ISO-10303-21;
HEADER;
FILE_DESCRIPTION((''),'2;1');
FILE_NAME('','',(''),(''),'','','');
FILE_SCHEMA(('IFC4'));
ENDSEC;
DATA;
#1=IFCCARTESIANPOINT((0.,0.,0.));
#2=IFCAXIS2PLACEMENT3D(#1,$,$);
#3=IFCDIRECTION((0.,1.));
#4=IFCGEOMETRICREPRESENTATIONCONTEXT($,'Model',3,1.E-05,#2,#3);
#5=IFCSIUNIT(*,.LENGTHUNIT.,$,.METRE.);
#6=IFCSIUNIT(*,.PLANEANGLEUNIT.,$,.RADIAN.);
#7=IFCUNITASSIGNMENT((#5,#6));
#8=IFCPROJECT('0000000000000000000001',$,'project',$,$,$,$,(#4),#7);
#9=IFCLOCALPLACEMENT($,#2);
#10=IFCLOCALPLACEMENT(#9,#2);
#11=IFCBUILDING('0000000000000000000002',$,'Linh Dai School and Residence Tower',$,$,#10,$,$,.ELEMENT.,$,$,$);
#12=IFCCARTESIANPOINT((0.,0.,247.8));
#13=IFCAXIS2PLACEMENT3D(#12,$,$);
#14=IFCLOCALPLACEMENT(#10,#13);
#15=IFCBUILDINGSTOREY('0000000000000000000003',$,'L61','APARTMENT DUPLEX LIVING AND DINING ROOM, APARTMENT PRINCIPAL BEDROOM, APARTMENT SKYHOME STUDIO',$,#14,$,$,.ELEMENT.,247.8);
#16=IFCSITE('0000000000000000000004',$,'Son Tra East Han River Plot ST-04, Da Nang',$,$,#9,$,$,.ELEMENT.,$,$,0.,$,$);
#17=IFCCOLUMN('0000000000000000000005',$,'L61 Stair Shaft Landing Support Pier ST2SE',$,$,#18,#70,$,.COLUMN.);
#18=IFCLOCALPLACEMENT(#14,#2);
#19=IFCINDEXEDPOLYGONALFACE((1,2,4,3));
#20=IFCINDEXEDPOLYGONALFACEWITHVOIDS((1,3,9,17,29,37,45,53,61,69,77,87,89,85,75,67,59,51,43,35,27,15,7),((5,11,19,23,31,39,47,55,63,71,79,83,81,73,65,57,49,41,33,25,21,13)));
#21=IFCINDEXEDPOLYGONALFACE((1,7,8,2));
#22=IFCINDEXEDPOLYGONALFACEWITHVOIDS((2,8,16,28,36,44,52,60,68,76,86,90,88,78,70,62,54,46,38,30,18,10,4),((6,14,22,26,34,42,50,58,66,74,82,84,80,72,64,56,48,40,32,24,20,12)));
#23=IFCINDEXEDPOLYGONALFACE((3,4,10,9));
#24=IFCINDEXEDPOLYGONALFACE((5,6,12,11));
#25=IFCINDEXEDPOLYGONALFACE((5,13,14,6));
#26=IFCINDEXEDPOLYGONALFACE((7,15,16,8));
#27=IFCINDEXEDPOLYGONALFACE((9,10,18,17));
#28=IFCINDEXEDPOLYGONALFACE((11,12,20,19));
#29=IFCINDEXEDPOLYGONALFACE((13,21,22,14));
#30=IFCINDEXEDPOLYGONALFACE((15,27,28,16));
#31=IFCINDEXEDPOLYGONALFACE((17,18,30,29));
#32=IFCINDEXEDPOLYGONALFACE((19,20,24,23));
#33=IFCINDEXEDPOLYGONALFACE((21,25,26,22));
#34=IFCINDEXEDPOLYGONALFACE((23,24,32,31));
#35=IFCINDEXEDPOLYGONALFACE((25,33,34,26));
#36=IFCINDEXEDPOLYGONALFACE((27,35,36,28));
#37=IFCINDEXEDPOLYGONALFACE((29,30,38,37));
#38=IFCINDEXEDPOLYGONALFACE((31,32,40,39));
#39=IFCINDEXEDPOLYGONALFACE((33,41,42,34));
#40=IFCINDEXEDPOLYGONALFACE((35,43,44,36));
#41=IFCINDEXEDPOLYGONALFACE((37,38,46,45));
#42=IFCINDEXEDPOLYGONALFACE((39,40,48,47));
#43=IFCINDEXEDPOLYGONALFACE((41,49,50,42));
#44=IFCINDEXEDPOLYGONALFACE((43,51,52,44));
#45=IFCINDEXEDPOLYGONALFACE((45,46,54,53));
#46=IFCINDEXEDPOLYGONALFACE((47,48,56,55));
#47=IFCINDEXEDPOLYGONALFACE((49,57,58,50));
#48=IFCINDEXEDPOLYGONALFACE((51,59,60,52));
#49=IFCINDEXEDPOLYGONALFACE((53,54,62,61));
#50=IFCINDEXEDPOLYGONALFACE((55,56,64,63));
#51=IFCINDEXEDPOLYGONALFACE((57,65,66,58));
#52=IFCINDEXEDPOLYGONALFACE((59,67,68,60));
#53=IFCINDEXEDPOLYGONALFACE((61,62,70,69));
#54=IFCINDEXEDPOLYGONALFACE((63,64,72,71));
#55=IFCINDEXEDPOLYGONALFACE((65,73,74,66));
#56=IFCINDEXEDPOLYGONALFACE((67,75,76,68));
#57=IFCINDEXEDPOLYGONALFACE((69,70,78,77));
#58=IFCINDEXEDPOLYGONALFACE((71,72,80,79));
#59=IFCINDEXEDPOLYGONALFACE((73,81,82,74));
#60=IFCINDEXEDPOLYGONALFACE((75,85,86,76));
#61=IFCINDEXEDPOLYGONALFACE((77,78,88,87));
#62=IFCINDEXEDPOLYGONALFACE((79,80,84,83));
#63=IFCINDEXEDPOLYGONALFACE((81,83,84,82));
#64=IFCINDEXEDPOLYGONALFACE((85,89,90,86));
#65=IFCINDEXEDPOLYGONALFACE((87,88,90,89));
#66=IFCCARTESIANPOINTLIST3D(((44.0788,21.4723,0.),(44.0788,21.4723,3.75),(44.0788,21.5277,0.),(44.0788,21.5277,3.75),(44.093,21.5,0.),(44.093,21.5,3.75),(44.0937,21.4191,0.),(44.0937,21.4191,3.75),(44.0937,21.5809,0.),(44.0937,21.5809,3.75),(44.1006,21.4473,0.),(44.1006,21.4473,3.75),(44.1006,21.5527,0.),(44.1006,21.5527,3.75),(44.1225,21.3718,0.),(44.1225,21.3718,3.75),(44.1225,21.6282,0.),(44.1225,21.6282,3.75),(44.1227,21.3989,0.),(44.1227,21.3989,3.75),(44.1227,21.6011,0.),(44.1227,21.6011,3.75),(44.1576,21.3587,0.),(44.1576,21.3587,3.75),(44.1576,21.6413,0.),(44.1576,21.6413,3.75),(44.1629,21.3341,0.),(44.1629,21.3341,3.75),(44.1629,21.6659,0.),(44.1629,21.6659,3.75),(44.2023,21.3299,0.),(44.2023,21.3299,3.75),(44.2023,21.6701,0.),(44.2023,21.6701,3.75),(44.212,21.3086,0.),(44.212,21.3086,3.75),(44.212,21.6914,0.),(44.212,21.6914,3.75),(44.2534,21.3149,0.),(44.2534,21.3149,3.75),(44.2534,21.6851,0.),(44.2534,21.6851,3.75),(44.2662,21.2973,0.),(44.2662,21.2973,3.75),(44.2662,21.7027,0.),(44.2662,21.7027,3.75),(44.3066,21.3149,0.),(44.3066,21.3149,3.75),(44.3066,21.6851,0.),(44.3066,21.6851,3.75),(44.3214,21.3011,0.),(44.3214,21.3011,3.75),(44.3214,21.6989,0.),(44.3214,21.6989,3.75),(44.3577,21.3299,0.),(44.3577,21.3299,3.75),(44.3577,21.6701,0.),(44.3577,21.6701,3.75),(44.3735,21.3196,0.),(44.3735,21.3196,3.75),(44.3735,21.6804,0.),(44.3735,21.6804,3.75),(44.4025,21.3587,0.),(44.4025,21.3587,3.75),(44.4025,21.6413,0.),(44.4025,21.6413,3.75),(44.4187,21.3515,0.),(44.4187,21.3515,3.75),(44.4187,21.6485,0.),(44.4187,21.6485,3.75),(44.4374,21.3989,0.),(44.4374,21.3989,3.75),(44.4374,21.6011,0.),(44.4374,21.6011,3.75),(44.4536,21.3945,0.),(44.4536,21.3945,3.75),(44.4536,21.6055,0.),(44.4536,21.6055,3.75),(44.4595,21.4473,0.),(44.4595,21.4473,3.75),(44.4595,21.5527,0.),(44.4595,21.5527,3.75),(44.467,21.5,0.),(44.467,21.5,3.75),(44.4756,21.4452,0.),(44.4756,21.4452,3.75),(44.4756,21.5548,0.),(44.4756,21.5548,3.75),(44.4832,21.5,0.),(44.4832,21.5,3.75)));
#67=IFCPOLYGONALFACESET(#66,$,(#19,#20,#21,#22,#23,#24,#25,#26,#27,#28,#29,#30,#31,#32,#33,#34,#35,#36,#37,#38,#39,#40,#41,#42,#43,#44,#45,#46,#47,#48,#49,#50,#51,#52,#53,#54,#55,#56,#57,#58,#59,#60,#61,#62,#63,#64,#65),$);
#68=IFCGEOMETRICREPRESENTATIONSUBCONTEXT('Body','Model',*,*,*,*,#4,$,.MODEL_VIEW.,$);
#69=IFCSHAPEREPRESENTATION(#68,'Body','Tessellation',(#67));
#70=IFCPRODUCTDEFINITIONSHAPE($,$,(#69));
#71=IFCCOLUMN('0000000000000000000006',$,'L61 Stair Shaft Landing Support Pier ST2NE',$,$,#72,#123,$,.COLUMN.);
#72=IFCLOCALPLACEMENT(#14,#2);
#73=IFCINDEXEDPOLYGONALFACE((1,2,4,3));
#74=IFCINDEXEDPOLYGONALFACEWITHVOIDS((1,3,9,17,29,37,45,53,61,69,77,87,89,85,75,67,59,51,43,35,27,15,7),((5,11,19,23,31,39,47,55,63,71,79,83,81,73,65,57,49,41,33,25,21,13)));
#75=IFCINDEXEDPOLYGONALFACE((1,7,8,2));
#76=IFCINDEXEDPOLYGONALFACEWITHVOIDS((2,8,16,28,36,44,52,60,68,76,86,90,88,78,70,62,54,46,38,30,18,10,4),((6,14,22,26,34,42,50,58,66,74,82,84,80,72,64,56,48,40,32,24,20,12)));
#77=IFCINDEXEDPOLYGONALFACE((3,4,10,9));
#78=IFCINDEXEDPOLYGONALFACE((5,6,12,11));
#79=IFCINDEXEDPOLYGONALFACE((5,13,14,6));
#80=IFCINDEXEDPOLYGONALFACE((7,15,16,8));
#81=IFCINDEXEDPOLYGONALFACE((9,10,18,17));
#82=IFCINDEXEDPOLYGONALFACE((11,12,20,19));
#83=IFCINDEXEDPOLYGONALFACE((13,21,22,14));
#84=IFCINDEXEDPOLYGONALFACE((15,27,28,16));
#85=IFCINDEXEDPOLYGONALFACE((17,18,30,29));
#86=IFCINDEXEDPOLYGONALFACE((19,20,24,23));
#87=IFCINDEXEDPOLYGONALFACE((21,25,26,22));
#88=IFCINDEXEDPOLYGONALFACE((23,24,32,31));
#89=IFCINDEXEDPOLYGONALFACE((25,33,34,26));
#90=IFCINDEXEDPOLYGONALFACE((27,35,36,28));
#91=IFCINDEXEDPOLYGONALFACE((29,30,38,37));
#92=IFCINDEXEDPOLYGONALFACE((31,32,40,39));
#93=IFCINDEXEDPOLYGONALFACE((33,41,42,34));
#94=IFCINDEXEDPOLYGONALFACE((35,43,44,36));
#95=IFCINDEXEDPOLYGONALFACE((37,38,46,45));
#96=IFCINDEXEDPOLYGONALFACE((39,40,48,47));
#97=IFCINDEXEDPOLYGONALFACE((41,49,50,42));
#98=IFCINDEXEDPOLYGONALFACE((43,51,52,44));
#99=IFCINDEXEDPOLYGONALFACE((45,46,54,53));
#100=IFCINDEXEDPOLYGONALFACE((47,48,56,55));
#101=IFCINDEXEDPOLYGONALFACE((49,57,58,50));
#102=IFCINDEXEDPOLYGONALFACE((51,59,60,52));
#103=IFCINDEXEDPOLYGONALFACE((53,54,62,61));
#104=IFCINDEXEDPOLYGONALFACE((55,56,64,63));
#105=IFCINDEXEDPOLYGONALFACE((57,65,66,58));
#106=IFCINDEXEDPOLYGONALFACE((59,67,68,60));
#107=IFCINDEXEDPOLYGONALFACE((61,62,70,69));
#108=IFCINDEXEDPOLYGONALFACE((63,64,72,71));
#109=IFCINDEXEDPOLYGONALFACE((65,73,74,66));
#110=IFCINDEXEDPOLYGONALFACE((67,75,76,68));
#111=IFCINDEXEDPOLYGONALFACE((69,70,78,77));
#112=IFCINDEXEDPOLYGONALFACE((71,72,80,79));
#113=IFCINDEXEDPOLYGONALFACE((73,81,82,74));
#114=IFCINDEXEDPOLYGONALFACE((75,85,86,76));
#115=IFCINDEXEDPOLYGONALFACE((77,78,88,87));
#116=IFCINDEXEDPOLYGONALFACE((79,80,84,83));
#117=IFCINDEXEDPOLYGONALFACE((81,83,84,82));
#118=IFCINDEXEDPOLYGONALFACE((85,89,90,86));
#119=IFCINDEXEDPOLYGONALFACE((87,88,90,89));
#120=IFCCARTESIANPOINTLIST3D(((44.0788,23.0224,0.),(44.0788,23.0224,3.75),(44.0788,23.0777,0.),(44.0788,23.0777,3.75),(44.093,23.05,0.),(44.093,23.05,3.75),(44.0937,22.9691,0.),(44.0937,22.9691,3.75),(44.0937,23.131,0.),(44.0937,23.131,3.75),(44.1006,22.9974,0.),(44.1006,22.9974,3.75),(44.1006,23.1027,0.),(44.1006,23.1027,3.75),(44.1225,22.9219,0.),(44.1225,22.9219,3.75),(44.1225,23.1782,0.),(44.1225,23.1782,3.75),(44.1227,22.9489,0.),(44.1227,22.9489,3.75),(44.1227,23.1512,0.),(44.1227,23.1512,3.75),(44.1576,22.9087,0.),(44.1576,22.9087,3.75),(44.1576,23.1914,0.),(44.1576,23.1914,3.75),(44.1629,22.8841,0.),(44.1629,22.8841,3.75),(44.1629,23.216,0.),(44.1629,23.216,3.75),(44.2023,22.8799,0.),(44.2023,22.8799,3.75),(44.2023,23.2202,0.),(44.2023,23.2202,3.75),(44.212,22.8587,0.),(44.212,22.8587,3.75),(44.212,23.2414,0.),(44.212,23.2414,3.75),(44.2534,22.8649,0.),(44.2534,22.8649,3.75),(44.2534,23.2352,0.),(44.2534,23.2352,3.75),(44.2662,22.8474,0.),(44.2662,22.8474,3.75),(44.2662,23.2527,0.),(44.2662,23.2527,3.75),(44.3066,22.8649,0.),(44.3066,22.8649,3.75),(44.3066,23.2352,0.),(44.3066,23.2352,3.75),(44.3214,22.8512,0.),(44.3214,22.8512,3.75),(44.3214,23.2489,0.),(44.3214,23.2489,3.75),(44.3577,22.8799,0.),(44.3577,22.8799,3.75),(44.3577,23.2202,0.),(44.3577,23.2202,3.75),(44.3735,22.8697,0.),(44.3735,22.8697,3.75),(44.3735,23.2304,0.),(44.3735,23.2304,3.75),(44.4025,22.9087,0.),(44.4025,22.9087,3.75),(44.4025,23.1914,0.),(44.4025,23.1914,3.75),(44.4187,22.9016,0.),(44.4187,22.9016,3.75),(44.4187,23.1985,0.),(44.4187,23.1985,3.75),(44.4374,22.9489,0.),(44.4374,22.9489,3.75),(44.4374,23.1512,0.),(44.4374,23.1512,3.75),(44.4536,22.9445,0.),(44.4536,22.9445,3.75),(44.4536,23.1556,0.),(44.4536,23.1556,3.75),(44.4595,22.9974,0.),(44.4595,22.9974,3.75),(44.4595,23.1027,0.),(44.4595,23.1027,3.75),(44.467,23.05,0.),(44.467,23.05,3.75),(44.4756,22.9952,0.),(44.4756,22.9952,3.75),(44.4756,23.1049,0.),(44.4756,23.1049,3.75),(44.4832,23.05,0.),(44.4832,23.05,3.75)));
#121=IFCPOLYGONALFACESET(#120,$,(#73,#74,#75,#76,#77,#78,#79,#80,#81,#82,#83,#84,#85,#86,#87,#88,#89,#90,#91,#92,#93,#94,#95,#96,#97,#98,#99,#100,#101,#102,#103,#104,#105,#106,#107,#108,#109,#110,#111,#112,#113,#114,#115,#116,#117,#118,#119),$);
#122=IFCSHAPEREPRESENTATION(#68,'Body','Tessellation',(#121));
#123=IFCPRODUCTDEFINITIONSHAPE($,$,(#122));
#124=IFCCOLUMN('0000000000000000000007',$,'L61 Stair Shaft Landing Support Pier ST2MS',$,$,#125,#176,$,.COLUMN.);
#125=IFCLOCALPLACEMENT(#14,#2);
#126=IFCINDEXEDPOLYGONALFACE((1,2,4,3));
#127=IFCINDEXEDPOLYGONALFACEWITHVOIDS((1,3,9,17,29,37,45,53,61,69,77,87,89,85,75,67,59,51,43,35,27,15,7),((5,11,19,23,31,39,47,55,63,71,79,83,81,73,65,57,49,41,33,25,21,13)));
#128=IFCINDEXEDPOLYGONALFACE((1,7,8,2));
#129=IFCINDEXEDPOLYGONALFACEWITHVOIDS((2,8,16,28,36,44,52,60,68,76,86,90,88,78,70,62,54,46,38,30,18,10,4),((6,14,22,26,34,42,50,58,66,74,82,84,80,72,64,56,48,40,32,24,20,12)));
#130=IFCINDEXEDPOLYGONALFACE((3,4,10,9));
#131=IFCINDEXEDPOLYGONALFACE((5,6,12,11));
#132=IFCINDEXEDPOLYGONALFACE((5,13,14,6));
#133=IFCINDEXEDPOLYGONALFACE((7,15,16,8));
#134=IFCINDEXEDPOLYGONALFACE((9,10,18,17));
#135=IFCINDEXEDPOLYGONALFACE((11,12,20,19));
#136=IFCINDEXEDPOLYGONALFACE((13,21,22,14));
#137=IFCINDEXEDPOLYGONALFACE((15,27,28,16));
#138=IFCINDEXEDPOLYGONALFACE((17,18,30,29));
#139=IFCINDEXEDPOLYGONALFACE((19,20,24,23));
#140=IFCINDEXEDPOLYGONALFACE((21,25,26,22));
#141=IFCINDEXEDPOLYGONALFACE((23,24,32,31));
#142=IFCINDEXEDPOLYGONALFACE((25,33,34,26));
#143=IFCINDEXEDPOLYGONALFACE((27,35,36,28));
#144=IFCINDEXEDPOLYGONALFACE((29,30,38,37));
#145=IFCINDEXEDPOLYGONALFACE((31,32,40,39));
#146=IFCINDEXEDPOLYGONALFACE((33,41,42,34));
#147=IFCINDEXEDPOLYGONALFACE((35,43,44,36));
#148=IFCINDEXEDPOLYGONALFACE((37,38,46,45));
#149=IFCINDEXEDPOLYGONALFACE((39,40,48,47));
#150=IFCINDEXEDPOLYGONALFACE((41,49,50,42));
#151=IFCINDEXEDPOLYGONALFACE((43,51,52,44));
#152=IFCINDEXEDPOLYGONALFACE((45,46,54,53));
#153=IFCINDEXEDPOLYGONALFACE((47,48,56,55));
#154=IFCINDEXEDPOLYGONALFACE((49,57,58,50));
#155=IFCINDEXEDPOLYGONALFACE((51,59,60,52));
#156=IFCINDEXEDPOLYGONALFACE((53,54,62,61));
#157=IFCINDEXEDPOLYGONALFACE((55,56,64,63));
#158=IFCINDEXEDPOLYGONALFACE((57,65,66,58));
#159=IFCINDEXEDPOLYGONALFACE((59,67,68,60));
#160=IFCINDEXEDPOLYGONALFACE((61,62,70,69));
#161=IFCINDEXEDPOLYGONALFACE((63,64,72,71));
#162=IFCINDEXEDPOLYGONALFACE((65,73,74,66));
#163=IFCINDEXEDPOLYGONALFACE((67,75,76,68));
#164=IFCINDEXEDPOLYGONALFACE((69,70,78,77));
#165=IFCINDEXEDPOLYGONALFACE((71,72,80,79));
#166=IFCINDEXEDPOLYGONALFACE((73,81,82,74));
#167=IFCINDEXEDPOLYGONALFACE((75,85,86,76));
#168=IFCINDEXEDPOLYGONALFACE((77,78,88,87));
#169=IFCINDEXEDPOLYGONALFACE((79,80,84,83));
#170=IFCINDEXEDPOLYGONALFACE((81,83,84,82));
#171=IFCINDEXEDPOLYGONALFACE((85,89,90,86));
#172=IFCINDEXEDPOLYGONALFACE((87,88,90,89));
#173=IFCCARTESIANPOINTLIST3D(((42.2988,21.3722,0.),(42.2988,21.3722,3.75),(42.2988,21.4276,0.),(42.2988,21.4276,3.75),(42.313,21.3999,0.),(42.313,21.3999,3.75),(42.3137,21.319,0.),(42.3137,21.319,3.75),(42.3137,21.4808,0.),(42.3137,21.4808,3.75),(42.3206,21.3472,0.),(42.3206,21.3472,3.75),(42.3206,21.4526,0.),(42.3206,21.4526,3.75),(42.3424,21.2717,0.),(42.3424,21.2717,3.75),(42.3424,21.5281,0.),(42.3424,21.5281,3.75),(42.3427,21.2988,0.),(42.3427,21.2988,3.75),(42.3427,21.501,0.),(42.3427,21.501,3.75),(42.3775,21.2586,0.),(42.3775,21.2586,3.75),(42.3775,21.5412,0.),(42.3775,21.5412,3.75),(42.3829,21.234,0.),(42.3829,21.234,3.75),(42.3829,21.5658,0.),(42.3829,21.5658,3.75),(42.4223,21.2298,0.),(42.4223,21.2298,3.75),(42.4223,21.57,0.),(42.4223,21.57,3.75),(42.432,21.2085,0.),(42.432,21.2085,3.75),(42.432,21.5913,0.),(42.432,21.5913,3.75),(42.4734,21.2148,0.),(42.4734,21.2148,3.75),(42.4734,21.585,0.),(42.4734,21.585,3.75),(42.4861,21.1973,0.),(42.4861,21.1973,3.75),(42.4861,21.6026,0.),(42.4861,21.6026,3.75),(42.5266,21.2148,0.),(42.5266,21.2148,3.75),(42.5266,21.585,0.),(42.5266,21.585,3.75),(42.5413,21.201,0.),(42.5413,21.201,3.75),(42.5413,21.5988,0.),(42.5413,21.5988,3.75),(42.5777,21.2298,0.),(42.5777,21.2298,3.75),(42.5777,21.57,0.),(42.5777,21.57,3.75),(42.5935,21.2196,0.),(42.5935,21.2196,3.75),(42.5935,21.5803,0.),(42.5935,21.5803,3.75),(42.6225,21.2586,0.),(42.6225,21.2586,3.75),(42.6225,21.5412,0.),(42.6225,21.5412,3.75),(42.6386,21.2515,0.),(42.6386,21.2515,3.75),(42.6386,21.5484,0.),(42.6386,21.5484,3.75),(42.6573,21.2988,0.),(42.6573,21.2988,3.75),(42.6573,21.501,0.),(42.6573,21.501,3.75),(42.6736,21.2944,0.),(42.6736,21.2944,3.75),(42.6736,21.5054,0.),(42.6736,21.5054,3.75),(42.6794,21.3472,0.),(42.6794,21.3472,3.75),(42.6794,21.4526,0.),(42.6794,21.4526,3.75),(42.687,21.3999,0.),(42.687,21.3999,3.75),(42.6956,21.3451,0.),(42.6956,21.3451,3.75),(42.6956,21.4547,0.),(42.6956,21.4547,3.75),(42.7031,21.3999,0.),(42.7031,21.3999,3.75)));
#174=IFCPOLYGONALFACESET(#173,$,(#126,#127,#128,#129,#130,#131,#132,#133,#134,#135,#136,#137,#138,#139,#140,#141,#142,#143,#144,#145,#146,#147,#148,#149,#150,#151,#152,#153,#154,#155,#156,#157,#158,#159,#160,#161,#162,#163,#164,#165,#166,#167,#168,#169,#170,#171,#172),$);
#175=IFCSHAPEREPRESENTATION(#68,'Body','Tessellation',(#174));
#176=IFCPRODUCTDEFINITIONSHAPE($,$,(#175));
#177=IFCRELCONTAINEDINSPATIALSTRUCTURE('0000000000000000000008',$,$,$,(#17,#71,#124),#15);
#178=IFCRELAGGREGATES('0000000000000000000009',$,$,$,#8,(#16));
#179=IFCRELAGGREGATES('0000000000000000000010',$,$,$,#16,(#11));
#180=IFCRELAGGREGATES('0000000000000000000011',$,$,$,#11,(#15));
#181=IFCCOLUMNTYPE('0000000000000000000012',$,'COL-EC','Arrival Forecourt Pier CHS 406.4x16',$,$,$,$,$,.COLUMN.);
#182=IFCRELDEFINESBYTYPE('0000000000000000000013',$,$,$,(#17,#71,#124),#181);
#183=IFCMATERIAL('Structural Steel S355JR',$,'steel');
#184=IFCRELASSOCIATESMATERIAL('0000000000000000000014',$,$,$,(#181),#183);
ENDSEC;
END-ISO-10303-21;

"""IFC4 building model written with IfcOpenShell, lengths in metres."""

from ifc_helpers import new_model, si_unit, direction, frame, origin, origin_2d, place, context, subcontext, project, spatial, hollow_circle, extrude, material, material_profile, profile_set, type_object, element, save


model = new_model("IFC4")

# Units and contexts
model_context = context("Model", 3, precision=1e-05, world=origin(), true_north=direction((0.0, 1.0)))
body_context = subcontext(model_context, "Body", "Model", "MODEL_VIEW")
ifc_project = project(units=[si_unit("LENGTHUNIT", "METRE"), si_unit("PLANEANGLEUNIT", "RADIAN")], contexts=[model_context])

# Site, building, storey
site_placement = place(None, origin())
site = spatial("IfcSite", under=ifc_project, at=site_placement, Name="Son Tra East Han River Plot ST-04, Da Nang", CompositionType="ELEMENT", RefElevation=0.0)
building_placement = place(site_placement, origin())
building = spatial("IfcBuilding", under=site, at=building_placement, Name="Linh Dai School and Residence Tower", CompositionType="ELEMENT")
storey_placement = place(building_placement, frame((0.0, 0.0, 247.8)))
storey = spatial("IfcBuildingStorey", under=building, at=storey_placement, Name="L61", Description="APARTMENT DUPLEX LIVING AND DINING ROOM, APARTMENT PRINCIPAL BEDROOM, APARTMENT SKYHOME STUDIO", CompositionType="ELEMENT", Elevation=247.8)

# Columns
ifc_material_1 = material(Name="Structural Steel S355JR", Category="steel")
ifc_material_profile_1 = material_profile(ifc_material_1, hollow_circle(Radius=0.2031, WallThickness=0.0161, at=origin_2d()), Name="CHS 406.4x16")
ifc_profile_set_1 = profile_set([ifc_material_profile_1], Name="Structural Steel S355JR")
column_type_1 = type_object("IfcColumnType", Name="COL-EC", Description="Arrival Forecourt Pier CHS 406.4x16", PredefinedType="COLUMN", material=ifc_profile_set_1)
for number, where, z_axis, x_axis, name in (
    (1, (44.28, 21.5, 0.0), (0.0, 0.0, 1.0), (1.0, 0.0, 0.0), "L61 Stair Shaft Landing Support Pier ST2SE"),
    (2, (44.28, 23.05, 0.0), (0.0, 0.0, 1.0), (1.0, 0.0, 0.0), "L61 Stair Shaft Landing Support Pier ST2NE"),
    (3, (42.5, 21.3999, 0.0), (0.0, 0.0, 1.0), (1.0, 0.0, 0.0), "L61 Stair Shaft Landing Support Pier ST2MS"),
):
    element("IfcColumn", number, at=place(storey_placement, frame(where, z_axis=z_axis, x_axis=x_axis)), inside=storey, type_object=column_type_1, Name=name, PredefinedType="COLUMN", context=body_context, shape_type="SweptSolid", body=[
        extrude(hollow_circle(Radius=0.2031, WallThickness=0.0161, at=origin_2d()), origin(), (0.0, 0.0, 1.0), 3.75),
    ])

save(model, "model.ifc")
